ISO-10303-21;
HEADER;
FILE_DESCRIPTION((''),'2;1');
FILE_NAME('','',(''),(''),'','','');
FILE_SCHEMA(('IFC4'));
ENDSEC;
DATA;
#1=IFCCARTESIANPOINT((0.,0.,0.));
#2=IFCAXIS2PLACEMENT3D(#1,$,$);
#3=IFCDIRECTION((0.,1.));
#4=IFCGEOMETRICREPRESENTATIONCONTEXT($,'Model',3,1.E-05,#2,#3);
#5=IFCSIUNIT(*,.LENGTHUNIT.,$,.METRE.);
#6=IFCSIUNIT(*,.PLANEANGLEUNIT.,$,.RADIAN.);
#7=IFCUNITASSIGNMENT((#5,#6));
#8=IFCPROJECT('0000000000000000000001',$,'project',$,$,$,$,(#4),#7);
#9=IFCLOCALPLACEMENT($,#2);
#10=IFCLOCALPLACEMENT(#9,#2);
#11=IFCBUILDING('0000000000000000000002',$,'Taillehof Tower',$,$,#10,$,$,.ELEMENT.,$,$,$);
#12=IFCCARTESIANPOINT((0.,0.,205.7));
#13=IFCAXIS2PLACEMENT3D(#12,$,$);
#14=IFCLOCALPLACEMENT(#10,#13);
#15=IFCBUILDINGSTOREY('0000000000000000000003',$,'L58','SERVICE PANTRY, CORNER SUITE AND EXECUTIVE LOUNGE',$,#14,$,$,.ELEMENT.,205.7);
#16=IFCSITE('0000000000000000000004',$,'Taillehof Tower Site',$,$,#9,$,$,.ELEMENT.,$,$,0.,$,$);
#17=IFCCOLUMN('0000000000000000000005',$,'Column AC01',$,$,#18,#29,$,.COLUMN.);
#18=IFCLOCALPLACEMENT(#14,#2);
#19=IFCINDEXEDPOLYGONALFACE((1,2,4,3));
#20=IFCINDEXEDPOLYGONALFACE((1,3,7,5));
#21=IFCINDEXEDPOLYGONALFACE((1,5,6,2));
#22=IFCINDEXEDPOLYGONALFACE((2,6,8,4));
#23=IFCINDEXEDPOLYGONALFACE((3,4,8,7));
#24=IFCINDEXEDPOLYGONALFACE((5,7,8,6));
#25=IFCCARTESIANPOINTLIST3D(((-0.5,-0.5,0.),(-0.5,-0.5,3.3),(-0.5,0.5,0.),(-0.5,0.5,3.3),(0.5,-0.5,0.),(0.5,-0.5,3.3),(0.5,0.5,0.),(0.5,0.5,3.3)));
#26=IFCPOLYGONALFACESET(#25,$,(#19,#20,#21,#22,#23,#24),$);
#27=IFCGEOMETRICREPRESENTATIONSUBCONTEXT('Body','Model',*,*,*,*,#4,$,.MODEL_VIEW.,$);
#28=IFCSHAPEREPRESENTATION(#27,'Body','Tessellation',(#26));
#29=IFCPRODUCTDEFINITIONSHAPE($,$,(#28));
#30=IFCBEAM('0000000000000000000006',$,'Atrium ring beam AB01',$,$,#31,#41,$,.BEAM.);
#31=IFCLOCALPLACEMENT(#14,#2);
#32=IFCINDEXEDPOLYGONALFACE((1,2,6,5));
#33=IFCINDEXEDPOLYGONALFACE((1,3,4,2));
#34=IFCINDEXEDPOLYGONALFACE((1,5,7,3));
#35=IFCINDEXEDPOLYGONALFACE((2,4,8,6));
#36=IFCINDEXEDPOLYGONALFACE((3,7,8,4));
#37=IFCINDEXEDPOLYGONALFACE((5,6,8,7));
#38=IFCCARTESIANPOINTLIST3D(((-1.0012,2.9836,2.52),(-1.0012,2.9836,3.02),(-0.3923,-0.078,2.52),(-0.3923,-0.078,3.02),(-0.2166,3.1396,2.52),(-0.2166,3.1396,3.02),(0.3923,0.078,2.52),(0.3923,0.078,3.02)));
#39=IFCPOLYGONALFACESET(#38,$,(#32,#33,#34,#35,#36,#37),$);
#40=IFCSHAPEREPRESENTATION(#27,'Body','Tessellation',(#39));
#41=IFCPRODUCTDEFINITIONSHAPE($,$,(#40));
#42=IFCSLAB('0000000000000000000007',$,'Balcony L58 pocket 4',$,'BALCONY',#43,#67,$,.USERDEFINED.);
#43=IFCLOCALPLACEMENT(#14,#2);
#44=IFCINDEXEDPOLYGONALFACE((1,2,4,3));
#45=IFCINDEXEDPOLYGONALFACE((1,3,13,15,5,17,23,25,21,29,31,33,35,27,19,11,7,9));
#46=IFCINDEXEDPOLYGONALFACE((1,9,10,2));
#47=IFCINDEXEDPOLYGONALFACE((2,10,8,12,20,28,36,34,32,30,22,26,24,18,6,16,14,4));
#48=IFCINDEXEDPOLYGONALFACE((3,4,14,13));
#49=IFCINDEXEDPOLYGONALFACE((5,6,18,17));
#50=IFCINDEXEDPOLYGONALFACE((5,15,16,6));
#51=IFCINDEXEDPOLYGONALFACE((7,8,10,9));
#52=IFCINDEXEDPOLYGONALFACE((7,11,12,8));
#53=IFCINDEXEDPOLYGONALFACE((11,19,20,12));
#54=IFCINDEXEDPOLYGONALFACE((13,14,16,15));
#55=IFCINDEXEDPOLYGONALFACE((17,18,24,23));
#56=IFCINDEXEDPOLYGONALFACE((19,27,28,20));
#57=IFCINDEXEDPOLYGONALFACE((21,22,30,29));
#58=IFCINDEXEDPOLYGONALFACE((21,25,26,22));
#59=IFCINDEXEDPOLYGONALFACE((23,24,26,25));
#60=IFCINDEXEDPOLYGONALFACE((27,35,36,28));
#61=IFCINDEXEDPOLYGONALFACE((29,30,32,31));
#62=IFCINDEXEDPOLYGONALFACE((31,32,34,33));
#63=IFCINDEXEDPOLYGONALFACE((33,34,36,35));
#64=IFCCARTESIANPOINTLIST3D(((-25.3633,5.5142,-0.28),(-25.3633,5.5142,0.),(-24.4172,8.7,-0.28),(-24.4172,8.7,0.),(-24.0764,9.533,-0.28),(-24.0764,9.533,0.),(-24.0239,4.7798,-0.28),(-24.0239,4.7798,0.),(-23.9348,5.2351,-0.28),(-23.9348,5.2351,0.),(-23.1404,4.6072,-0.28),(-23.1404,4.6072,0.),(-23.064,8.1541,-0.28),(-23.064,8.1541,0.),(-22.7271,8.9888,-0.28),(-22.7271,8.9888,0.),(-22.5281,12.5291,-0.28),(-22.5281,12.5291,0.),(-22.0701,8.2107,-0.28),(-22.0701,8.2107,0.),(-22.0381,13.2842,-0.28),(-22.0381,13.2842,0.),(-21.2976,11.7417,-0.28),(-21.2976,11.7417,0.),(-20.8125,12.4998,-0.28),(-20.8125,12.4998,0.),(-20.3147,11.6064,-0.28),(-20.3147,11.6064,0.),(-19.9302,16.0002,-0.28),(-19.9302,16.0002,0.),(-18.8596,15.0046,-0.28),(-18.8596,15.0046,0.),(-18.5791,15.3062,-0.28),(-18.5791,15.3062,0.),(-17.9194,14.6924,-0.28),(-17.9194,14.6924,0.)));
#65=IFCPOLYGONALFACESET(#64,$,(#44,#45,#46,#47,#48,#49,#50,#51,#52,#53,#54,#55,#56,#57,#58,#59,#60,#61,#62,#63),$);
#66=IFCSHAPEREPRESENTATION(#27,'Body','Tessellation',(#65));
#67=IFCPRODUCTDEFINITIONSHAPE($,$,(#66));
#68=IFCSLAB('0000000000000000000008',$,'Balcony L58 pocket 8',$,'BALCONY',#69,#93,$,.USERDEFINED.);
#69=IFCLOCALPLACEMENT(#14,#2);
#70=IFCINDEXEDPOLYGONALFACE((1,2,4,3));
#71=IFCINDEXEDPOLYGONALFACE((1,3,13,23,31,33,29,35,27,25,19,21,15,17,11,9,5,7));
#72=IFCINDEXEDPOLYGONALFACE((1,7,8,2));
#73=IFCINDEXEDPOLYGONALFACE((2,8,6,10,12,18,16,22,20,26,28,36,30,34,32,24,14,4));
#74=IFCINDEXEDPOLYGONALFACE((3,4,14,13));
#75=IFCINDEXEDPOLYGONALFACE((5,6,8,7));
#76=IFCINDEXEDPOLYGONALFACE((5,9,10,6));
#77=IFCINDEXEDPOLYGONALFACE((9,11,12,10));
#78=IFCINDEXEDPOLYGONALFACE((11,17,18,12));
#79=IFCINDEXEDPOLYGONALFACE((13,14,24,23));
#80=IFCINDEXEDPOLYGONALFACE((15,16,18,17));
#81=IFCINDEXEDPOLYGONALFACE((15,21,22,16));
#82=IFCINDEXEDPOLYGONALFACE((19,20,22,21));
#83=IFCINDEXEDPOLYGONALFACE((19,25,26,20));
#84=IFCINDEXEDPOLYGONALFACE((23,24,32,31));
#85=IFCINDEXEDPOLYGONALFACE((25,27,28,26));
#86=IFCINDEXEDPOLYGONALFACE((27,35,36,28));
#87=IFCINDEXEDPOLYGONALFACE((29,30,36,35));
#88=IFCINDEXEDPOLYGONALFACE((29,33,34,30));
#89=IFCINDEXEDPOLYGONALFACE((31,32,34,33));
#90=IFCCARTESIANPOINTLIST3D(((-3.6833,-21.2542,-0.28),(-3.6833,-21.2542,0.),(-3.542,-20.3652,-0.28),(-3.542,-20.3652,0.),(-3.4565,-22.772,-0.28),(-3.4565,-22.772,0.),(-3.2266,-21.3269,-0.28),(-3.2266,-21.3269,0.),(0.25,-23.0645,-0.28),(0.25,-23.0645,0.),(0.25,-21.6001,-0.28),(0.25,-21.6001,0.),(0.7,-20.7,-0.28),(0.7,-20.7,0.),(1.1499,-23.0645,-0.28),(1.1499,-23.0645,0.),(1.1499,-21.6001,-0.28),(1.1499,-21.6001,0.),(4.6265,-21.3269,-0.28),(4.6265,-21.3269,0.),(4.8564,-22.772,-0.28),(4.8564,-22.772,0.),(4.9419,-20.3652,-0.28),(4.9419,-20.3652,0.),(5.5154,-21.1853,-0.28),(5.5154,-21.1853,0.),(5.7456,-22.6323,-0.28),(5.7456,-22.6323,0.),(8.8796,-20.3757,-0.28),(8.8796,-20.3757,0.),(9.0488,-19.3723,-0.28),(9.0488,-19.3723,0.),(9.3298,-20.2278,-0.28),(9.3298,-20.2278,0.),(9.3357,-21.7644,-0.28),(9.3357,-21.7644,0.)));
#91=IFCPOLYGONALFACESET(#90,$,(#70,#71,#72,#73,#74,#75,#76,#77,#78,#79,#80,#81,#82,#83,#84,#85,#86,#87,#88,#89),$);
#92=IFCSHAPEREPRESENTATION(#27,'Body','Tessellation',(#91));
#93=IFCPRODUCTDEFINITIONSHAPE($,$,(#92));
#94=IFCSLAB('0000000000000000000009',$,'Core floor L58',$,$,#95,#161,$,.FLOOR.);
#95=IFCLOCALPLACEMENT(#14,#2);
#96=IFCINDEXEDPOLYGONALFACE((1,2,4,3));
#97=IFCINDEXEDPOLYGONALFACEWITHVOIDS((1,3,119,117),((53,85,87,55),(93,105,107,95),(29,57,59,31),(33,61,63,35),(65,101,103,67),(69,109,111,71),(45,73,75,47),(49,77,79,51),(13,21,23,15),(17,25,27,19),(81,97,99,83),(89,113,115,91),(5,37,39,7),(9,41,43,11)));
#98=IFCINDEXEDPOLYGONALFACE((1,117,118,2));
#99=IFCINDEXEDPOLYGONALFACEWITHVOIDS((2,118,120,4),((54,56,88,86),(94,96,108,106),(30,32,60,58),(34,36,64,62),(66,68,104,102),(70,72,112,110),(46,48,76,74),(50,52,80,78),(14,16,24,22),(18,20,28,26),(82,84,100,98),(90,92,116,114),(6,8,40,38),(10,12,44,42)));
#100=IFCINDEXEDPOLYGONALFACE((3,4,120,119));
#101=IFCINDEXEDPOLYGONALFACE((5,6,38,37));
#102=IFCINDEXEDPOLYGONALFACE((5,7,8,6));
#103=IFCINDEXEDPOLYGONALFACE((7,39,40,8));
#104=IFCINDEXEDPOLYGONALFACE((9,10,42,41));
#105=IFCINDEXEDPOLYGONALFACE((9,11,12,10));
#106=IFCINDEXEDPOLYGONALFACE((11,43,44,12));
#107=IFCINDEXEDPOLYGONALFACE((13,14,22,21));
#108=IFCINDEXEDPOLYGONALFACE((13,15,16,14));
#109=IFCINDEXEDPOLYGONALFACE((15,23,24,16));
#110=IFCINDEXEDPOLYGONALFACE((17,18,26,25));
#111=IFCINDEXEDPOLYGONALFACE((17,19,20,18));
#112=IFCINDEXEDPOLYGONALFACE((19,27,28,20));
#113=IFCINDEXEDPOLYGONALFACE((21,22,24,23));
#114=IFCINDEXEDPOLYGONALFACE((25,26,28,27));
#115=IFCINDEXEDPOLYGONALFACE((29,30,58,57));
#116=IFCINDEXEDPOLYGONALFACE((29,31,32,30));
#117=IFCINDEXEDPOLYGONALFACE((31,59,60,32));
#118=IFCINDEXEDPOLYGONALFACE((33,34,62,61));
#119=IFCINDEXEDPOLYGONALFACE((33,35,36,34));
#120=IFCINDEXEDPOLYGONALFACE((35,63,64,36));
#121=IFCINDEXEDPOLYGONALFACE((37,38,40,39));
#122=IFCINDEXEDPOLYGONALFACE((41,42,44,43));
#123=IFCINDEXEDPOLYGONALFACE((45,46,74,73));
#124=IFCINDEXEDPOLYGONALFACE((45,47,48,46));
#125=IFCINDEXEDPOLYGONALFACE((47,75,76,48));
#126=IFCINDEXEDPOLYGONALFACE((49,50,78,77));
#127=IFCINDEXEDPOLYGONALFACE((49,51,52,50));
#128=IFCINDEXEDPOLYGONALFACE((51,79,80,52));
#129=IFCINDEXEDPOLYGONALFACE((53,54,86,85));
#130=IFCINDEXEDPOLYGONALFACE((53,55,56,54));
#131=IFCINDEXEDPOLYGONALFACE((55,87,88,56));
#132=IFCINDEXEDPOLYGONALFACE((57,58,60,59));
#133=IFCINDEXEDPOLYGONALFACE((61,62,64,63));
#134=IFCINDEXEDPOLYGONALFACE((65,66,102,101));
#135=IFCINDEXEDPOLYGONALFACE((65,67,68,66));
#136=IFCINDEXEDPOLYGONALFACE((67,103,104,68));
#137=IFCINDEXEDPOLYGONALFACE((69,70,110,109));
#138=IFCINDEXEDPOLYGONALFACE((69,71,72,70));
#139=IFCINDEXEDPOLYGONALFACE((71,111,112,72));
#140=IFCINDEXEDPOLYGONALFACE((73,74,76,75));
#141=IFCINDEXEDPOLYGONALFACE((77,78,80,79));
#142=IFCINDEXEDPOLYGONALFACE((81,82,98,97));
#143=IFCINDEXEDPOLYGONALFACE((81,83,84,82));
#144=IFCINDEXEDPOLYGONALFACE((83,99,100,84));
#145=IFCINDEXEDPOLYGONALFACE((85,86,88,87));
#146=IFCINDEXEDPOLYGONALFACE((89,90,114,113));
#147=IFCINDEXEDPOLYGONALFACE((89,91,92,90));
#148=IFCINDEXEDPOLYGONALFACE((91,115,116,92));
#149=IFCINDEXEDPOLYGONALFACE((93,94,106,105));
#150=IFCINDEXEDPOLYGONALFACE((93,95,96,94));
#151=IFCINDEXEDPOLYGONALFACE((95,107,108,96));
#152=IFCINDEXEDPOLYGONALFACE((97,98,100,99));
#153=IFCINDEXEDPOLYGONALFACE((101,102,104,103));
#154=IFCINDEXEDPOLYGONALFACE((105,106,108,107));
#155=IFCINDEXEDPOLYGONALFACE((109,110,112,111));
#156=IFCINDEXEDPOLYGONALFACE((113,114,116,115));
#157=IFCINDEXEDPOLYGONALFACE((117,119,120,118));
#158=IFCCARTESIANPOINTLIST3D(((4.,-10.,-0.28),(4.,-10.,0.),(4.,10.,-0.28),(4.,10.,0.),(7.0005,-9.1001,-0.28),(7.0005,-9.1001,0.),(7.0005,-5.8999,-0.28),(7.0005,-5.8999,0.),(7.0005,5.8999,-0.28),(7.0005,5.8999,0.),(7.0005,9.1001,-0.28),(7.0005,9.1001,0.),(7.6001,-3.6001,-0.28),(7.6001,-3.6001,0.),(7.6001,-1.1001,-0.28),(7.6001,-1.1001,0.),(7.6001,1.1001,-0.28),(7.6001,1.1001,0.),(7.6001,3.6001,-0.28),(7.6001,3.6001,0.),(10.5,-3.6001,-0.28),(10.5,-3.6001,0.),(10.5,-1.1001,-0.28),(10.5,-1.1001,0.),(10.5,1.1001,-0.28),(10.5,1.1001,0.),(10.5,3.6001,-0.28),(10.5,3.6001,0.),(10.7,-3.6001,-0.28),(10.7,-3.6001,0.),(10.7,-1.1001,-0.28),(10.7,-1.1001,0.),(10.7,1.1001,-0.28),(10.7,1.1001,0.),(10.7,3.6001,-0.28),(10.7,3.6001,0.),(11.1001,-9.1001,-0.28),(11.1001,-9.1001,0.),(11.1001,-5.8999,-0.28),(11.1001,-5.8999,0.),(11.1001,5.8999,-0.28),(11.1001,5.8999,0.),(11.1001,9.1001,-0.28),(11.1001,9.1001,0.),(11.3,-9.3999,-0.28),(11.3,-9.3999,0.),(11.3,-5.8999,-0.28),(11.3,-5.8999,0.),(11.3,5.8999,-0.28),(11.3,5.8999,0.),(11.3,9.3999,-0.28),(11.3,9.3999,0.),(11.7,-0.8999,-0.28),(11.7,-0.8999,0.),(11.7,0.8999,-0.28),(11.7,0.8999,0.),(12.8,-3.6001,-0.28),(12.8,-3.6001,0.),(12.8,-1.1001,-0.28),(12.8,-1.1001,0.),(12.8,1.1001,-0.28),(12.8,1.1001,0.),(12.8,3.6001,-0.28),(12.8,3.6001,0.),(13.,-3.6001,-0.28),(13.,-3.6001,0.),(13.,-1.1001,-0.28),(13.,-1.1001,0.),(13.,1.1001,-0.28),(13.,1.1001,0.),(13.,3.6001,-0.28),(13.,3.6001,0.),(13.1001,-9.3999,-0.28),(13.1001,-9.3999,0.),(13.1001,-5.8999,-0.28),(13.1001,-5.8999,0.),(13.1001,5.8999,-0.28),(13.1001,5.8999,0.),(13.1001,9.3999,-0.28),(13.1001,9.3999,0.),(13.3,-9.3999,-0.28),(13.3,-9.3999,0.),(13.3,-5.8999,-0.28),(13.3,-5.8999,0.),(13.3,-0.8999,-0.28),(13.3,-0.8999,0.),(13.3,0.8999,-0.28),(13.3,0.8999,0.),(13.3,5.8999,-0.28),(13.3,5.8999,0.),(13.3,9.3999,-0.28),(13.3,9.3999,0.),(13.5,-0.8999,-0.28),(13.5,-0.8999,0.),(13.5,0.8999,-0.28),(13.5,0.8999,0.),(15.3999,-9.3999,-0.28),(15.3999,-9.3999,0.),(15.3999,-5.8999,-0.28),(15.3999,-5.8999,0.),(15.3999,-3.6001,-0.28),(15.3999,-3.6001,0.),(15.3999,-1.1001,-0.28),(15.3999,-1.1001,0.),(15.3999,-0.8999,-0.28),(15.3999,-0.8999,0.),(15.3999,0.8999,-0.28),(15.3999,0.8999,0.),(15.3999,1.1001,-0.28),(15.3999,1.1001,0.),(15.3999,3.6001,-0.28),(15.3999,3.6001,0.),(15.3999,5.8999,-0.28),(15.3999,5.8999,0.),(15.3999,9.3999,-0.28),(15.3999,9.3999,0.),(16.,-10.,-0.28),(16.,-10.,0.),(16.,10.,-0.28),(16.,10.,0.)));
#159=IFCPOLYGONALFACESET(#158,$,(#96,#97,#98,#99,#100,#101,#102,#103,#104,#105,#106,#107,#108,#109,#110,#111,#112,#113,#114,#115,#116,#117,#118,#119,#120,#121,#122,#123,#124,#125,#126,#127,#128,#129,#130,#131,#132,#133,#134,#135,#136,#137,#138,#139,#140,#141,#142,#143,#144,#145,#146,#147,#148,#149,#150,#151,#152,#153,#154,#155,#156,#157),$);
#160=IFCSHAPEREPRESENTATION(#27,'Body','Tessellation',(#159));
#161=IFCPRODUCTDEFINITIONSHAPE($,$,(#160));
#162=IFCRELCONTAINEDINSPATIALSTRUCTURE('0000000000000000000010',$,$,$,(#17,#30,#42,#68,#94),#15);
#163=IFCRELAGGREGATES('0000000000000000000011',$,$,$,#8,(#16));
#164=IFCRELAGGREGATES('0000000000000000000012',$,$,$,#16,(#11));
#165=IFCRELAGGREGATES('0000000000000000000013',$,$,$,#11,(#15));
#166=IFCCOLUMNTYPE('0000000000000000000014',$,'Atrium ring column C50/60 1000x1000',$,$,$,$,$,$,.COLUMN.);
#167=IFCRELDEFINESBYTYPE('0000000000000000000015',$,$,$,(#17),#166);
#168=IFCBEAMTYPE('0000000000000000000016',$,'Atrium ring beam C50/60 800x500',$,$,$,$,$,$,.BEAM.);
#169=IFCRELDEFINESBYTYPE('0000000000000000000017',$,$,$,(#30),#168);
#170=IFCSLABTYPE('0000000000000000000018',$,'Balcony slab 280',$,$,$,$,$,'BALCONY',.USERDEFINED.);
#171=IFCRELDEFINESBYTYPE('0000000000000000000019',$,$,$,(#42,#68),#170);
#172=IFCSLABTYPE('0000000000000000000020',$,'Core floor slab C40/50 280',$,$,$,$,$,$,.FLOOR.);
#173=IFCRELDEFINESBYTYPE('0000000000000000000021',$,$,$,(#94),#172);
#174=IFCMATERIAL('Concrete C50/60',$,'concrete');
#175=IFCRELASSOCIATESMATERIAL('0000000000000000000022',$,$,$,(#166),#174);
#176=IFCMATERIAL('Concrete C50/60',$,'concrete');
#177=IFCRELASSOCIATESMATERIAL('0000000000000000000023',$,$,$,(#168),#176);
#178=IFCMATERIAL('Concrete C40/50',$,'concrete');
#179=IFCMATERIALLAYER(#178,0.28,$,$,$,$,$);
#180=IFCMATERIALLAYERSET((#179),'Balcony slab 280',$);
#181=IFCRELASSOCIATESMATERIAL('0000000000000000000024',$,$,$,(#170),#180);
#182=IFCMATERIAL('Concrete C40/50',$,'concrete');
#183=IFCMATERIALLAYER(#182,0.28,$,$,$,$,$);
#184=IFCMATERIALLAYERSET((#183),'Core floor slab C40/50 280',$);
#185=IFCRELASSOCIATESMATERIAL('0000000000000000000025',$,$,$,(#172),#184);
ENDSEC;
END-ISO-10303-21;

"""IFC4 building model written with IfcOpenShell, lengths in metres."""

from ifc_helpers import new_model, si_unit, direction, frame, origin, origin_with_axes, origin_2d, place, context, subcontext, project, spatial, polyline, rectangle, outline, extrude, material, layer, layer_set, material_profile, profile_set, type_object, element, save


model = new_model("IFC4")

# Units and contexts
model_context = context("Model", 3, precision=1e-05, world=origin(), true_north=direction((0.0, 1.0)))
body_context = subcontext(model_context, "Body", "Model", "MODEL_VIEW")
ifc_project = project(units=[si_unit("LENGTHUNIT", "METRE"), si_unit("PLANEANGLEUNIT", "RADIAN")], contexts=[model_context])

# Site, building, storey
site_placement = place(None, origin())
site = spatial("IfcSite", under=ifc_project, at=site_placement, Name="Taillehof Tower Site", CompositionType="ELEMENT", RefElevation=0.0)
building_placement = place(site_placement, origin())
building = spatial("IfcBuilding", under=site, at=building_placement, Name="Taillehof Tower", CompositionType="ELEMENT")
storey_placement = place(building_placement, frame((0.0, 0.0, 205.7)))
storey = spatial("IfcBuildingStorey", under=building, at=storey_placement, Name="L58", Description="SERVICE PANTRY, CORNER SUITE AND EXECUTIVE LOUNGE", CompositionType="ELEMENT", Elevation=205.7)

# Column
ifc_material_1 = material(Name="Concrete C50/60", Category="concrete")
ifc_material_profile_1 = material_profile(ifc_material_1, rectangle(XDim=1.0, YDim=1.0, at=origin_2d()), Name="RC 1000x1000")
ifc_profile_set_1 = profile_set([ifc_material_profile_1], Name="Concrete C50/60")
column_type = type_object("IfcColumnType", Name="Atrium ring column C50/60 1000x1000", PredefinedType="COLUMN", material=ifc_profile_set_1)
column_placement = place(storey_placement, origin_with_axes())
element("IfcColumn", 1, at=column_placement, inside=storey, type_object=column_type, Name="Column AC01", PredefinedType="COLUMN", context=body_context, shape_type="SweptSolid", body=[
    extrude(rectangle(XDim=1.0, YDim=1.0, at=origin_2d()), origin(), (0.0, 0.0, 1.0), 3.3),
])

# Beam
ifc_material_2 = material(Name="Concrete C50/60", Category="concrete")
ifc_material_profile_2 = material_profile(ifc_material_2, rectangle(XDim=0.8, YDim=0.5, at=origin_2d()), Name="RC 800x500")
ifc_profile_set_2 = profile_set([ifc_material_profile_2], Name="Concrete C50/60")
beam_type = type_object("IfcBeamType", Name="Atrium ring beam C50/60 800x500", PredefinedType="BEAM", material=ifc_profile_set_2)
beam_placement = place(storey_placement, frame((0.0, 0.0, 2.77), z_axis=(-0.195063, 0.980791, 0.0), x_axis=(-0.980791, -0.195063, 0.0)))
element("IfcBeam", 2, at=beam_placement, inside=storey, type_object=beam_type, Name="Atrium ring beam AB01", PredefinedType="BEAM", context=body_context, shape_type="SweptSolid", body=[
    extrude(rectangle(XDim=0.8, YDim=0.5, at=origin_2d()), origin(), (0.0, 0.0, 1.0), 3.1216),
])

# Slabs
ifc_material_3 = material(Name="Concrete C40/50", Category="concrete")
ifc_layer_1 = layer(ifc_material_3, 0.28)
ifc_layer_set_1 = layer_set([ifc_layer_1], Name="Balcony slab 280")
slab_type_1 = type_object("IfcSlabType", Name="Balcony slab 280", ElementType="BALCONY", PredefinedType="USERDEFINED", material=ifc_layer_set_1)
slab_1_placement = place(storey_placement, frame((0.0, 0.0, -0.28)))
element("IfcSlab", 3, at=slab_1_placement, inside=storey, type_object=slab_type_1, Name="Balcony L58 pocket 4", ObjectType="BALCONY", PredefinedType="USERDEFINED", context=body_context, shape_type="SweptSolid", body=[
    extrude(outline(polyline([(-23.1404, 4.6072), (-24.0239, 4.7798), (-23.9348, 5.2351), (-25.3633, 5.5142), (-24.4172, 8.7), (-23.064, 8.1541), (-22.7271, 8.9888), (-24.0764, 9.533), (-22.5281, 12.5291), (-21.2976, 11.7417), (-20.8125, 12.4998), (-22.0381, 13.2842), (-19.9302, 16.0002), (-18.8596, 15.0046), (-18.5791, 15.3062), (-17.9194, 14.6924), (-20.3147, 11.6064), (-22.0701, 8.2107), (-23.1404, 4.6072)])), origin(), (0.0, 0.0, 1.0), 0.28),
])
slab_2_placement = place(storey_placement, frame((0.0, 0.0, -0.28)))
element("IfcSlab", 4, at=slab_2_placement, inside=storey, type_object=slab_type_1, Name="Balcony L58 pocket 8", ObjectType="BALCONY", PredefinedType="USERDEFINED", context=body_context, shape_type="SweptSolid", body=[
    extrude(outline(polyline([(9.0488, -19.3723), (9.3298, -20.2278), (8.8796, -20.3757), (9.3357, -21.7644), (5.7456, -22.6323), (5.5154, -21.1853), (4.6265, -21.3269), (4.8564, -22.772), (1.1499, -23.0645), (1.1499, -21.6001), (0.25, -21.6001), (0.25, -23.0645), (-3.4565, -22.772), (-3.2266, -21.3269), (-3.6833, -21.2542), (-3.542, -20.3652), (0.7, -20.7), (4.9419, -20.3652), (9.0488, -19.3723)])), origin(), (0.0, 0.0, 1.0), 0.28),
])
ifc_material_4 = material(Name="Concrete C40/50", Category="concrete")
ifc_layer_2 = layer(ifc_material_4, 0.28)
ifc_layer_set_2 = layer_set([ifc_layer_2], Name="Core floor slab C40/50 280")
slab_type_2 = type_object("IfcSlabType", Name="Core floor slab C40/50 280", PredefinedType="FLOOR", material=ifc_layer_set_2)
slab_3_placement = place(storey_placement, frame((0.0, 0.0, -0.28)))
element("IfcSlab", 5, at=slab_3_placement, inside=storey, type_object=slab_type_2, Name="Core floor L58", PredefinedType="FLOOR", context=body_context, shape_type="SweptSolid", body=[
    extrude(outline(polyline([(4.0, -10.0), (4.0, 10.0), (16.0, 10.0), (16.0, -10.0), (4.0, -10.0)]), holes=[polyline([(11.1001, -9.1001), (11.1001, -5.8999), (7.0005, -5.8999), (7.0005, -9.1001), (11.1001, -9.1001)]), polyline([(10.5, -3.6001), (10.5, -1.1001), (7.6001, -1.1001), (7.6001, -3.6001), (10.5, -3.6001)]), polyline([(12.8, -3.6001), (12.8, -1.1001), (10.7, -1.1001), (10.7, -3.6001), (12.8, -3.6001)]), polyline([(10.5, 1.1001), (10.5, 3.6001), (7.6001, 3.6001), (7.6001, 1.1001), (10.5, 1.1001)]), polyline([(12.8, 1.1001), (12.8, 3.6001), (10.7, 3.6001), (10.7, 1.1001), (12.8, 1.1001)]), polyline([(11.1001, 5.8999), (11.1001, 9.1001), (7.0005, 9.1001), (7.0005, 5.8999), (11.1001, 5.8999)]), polyline([(13.1001, 5.8999), (13.1001, 9.3999), (11.3, 9.3999), (11.3, 5.8999), (13.1001, 5.8999)]), polyline([(13.1001, -5.8999), (11.3, -5.8999), (11.3, -9.3999), (13.1001, -9.3999), (13.1001, -5.8999)]), polyline([(15.3999, -9.3999), (15.3999, -5.8999), (13.3, -5.8999), (13.3, -9.3999), (15.3999, -9.3999)]), polyline([(15.3999, -3.6001), (15.3999, -1.1001), (13.0, -1.1001), (13.0, -3.6001), (15.3999, -3.6001)]), polyline([(13.3, -0.8999), (13.3, 0.8999), (11.7, 0.8999), (11.7, -0.8999), (13.3, -0.8999)]), polyline([(15.3999, -0.8999), (15.3999, 0.8999), (13.5, 0.8999), (13.5, -0.8999), (15.3999, -0.8999)]), polyline([(15.3999, 1.1001), (15.3999, 3.6001), (13.0, 3.6001), (13.0, 1.1001), (15.3999, 1.1001)]), polyline([(15.3999, 5.8999), (15.3999, 9.3999), (13.3, 9.3999), (13.3, 5.8999), (15.3999, 5.8999)])]), origin(), (0.0, 0.0, 1.0), 0.28),
])

save(model, "model.ifc")
